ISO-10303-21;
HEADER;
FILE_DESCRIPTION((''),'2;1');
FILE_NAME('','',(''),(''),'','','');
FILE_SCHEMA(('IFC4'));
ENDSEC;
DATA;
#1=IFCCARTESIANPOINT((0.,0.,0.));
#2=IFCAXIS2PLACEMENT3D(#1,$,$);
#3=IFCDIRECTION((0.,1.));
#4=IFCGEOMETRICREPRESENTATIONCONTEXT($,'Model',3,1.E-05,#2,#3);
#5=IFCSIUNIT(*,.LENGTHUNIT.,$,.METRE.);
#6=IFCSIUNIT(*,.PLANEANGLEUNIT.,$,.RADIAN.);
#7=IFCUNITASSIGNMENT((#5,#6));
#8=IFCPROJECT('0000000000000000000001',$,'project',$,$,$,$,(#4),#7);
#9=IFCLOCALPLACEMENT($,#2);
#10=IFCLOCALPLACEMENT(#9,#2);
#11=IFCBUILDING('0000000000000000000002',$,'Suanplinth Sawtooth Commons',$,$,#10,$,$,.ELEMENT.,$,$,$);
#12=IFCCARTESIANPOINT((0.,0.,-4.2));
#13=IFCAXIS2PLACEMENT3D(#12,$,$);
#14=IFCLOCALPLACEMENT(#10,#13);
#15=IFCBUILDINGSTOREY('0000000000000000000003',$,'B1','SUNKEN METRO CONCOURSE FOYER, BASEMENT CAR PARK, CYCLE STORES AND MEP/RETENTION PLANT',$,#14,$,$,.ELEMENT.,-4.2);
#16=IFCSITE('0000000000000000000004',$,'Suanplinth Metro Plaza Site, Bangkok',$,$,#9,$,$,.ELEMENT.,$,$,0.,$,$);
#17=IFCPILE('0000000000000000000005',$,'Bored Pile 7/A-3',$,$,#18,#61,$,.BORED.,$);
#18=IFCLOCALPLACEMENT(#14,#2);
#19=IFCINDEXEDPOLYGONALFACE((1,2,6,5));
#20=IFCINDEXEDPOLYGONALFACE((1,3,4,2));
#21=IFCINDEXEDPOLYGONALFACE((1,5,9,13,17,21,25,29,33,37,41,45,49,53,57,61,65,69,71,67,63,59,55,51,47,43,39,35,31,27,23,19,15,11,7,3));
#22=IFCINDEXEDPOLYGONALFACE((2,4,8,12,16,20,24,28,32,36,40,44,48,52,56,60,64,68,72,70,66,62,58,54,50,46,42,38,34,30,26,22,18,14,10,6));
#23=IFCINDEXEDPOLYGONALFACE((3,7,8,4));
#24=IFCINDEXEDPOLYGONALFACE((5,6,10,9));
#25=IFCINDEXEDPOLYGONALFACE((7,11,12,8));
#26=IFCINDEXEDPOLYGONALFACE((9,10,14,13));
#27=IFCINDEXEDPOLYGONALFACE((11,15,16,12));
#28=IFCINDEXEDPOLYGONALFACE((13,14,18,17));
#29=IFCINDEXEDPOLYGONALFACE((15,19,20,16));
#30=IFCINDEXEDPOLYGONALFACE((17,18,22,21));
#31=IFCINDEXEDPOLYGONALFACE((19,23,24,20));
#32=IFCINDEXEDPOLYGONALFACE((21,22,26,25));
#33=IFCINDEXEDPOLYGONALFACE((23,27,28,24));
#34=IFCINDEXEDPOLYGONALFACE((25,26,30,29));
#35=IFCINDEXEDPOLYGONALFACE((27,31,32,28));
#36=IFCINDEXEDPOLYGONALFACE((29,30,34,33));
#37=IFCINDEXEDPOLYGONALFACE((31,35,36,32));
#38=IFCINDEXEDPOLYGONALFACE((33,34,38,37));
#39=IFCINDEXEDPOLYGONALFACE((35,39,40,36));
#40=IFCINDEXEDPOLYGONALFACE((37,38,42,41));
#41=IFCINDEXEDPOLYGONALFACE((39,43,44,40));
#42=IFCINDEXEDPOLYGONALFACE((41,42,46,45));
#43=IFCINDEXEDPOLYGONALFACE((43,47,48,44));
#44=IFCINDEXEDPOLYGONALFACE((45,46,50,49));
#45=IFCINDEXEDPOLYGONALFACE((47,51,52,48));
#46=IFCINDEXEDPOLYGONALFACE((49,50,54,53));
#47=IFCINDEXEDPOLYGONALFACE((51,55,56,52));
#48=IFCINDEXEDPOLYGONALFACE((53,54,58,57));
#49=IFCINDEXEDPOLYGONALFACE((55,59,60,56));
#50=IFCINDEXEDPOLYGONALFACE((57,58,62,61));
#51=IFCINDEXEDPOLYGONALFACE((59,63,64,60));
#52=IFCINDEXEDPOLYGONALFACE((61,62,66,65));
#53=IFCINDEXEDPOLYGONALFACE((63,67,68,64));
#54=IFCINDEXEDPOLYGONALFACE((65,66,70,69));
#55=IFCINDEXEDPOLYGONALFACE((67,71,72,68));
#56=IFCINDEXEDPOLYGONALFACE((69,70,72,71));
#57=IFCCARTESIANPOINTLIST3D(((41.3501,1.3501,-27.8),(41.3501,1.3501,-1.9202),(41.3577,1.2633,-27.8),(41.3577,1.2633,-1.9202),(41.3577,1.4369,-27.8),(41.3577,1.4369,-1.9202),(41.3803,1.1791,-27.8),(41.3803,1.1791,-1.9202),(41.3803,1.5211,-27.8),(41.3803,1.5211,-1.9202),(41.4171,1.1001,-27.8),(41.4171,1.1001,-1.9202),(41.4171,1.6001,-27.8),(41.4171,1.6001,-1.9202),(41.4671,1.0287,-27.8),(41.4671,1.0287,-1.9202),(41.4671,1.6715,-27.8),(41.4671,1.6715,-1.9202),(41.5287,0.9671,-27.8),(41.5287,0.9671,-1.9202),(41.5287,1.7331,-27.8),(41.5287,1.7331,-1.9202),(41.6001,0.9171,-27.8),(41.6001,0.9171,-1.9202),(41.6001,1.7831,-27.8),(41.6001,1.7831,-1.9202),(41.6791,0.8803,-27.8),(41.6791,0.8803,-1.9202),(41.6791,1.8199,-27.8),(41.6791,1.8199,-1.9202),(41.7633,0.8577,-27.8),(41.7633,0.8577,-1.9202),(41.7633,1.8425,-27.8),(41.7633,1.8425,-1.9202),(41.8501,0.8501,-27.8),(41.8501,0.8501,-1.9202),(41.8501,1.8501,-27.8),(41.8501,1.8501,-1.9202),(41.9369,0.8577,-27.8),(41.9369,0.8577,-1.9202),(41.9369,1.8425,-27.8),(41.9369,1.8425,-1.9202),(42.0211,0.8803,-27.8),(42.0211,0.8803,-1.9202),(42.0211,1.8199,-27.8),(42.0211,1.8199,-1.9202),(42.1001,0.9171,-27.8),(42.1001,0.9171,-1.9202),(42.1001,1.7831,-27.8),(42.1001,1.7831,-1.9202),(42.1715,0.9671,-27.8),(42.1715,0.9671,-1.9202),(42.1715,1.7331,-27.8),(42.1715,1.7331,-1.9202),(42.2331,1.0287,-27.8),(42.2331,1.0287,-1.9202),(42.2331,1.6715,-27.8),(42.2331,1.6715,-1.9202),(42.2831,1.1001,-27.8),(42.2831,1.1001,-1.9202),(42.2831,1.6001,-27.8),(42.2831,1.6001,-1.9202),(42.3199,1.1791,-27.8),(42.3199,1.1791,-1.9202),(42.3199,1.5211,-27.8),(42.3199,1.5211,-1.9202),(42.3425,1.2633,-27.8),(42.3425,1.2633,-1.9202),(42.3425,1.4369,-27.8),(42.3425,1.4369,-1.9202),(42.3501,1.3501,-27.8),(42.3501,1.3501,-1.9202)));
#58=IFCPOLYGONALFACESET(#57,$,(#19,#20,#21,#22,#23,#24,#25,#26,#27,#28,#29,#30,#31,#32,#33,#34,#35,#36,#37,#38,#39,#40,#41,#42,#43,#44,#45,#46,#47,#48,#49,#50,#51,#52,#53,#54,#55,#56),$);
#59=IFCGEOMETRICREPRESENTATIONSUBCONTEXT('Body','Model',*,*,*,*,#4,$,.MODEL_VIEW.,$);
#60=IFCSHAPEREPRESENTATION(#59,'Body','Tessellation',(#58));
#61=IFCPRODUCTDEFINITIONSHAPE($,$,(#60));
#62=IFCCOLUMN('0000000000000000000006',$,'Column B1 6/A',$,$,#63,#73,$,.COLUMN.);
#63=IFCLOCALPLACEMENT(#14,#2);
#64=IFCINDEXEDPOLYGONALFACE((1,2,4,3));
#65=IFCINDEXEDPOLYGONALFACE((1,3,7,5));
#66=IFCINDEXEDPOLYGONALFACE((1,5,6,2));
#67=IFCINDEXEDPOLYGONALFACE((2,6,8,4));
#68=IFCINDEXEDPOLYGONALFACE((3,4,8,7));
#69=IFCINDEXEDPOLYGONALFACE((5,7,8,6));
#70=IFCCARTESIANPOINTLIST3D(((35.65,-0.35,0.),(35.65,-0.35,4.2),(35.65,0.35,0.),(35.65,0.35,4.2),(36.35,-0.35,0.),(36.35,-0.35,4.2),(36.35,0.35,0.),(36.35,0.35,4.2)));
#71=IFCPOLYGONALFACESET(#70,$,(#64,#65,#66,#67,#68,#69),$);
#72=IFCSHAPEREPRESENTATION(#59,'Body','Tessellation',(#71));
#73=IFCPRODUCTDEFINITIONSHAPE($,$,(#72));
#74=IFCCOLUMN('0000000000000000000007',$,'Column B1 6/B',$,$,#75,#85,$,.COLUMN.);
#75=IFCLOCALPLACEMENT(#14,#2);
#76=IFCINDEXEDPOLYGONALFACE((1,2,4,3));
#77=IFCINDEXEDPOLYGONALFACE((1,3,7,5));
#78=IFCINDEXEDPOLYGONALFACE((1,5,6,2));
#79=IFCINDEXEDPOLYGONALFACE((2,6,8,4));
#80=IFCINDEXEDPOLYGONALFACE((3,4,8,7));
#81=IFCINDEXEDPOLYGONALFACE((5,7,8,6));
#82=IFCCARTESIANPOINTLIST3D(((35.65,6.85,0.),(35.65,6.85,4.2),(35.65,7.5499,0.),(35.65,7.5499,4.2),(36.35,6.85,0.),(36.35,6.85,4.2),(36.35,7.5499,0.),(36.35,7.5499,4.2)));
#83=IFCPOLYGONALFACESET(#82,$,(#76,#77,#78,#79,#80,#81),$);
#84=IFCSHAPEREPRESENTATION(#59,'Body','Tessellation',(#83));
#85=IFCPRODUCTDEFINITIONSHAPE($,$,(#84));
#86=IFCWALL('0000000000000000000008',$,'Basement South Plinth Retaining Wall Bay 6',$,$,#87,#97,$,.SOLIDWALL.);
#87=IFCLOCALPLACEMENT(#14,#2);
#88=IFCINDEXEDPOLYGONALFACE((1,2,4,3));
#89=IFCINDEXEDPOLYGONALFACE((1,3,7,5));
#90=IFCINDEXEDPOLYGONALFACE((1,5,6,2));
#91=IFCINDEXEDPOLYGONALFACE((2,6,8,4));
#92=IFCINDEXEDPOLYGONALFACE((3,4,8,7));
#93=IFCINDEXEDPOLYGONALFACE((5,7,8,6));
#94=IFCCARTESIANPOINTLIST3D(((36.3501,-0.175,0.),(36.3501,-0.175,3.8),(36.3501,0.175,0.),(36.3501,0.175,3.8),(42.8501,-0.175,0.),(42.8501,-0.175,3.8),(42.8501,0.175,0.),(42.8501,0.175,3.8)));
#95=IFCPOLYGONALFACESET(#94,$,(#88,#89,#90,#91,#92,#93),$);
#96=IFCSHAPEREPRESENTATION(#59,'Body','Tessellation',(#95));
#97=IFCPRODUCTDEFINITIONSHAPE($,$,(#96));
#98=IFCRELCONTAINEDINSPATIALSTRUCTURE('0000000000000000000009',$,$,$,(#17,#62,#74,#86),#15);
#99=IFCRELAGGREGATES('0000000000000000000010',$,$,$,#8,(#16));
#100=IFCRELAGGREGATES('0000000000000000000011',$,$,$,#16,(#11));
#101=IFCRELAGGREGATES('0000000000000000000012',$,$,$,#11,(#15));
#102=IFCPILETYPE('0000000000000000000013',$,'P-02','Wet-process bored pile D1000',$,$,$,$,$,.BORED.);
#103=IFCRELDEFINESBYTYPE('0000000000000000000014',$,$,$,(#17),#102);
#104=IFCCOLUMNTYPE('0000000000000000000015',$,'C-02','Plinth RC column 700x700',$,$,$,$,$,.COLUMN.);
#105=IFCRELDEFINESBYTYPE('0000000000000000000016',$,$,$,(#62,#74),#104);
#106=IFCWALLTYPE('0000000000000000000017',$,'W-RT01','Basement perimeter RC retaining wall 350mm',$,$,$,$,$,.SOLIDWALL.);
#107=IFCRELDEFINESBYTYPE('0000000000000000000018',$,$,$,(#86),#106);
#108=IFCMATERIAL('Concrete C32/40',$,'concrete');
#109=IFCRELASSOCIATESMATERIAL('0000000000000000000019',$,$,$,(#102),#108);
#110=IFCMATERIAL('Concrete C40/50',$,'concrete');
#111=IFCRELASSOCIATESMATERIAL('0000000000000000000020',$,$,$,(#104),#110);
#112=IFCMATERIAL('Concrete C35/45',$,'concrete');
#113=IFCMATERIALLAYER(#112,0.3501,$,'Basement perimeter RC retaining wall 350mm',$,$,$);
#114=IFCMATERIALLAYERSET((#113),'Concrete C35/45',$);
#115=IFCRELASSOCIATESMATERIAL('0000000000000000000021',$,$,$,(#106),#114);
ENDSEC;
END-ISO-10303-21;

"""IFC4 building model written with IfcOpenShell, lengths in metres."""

from ifc_helpers import new_model, si_unit, direction, frame, frame_2d, origin, origin_2d, place, context, subcontext, project, spatial, rectangle, circle, extrude, material, layer, layer_set, material_profile, profile_set, type_object, element, save


model = new_model("IFC4")

# Units and contexts
model_context = context("Model", 3, precision=1e-05, world=origin(), true_north=direction((0.0, 1.0)))
body_context = subcontext(model_context, "Body", "Model", "MODEL_VIEW")
ifc_project = project(units=[si_unit("LENGTHUNIT", "METRE"), si_unit("PLANEANGLEUNIT", "RADIAN")], contexts=[model_context])

# Site, building, storey
site_placement = place(None, origin())
site = spatial("IfcSite", under=ifc_project, at=site_placement, Name="Suanplinth Metro Plaza Site, Bangkok", CompositionType="ELEMENT", RefElevation=0.0)
building_placement = place(site_placement, origin())
building = spatial("IfcBuilding", under=site, at=building_placement, Name="Suanplinth Sawtooth Commons", CompositionType="ELEMENT")
storey_placement = place(building_placement, frame((0.0, 0.0, -4.2)))
storey = spatial("IfcBuildingStorey", under=building, at=storey_placement, Name="B1", Description="SUNKEN METRO CONCOURSE FOYER, BASEMENT CAR PARK, CYCLE STORES AND MEP/RETENTION PLANT", CompositionType="ELEMENT", Elevation=-4.2)

# Shared definitions
ifc_material_1 = material(Name="Concrete C35/45", Category="concrete")

# Pile
ifc_material_2 = material(Name="Concrete C32/40", Category="concrete")
ifc_material_profile_1 = material_profile(ifc_material_2, circle(Radius=0.5, at=origin_2d()), Name="PILE D1000")
ifc_profile_set_1 = profile_set([ifc_material_profile_1], Name="Concrete C32/40")
pile_type = type_object("IfcPileType", Name="P-02", Description="Wet-process bored pile D1000", PredefinedType="BORED", material=ifc_profile_set_1)
for number, where, z_axis, x_axis, name in (
    (1, (41.8501, 1.3501, -1.9202), (0.0, 0.0, -1.0), (1.0, 0.0, 0.0), "Bored Pile 7/A-3"),
):
    element("IfcPile", number, at=place(storey_placement, frame(where, z_axis=z_axis, x_axis=x_axis)), inside=storey, type_object=pile_type, Name=name, PredefinedType="BORED", context=body_context, shape_type="SweptSolid", body=[
        extrude(circle(Radius=0.5, at=origin_2d()), origin(), (0.0, 0.0, 1.0), 25.8799),
    ])

# Columns
ifc_material_3 = material(Name="Concrete C40/50", Category="concrete")
ifc_material_profile_2 = material_profile(ifc_material_3, rectangle(XDim=0.7, YDim=0.7, at=origin_2d()), Name="RC-COL 700x700")
ifc_profile_set_2 = profile_set([ifc_material_profile_2], Name="Concrete C40/50")
column_type = type_object("IfcColumnType", Name="C-02", Description="Plinth RC column 700x700", PredefinedType="COLUMN", material=ifc_profile_set_2)
for number, where, z_axis, x_axis, name in (
    (2, (36.0, 0.0, 0.0), (0.0, 0.0, 1.0), (1.0, 0.0, 0.0), "Column B1 6/A"),
    (3, (36.0, 7.2, 0.0), (0.0, 0.0, 1.0), (1.0, 0.0, 0.0), "Column B1 6/B"),
):
    element("IfcColumn", number, at=place(storey_placement, frame(where, z_axis=z_axis, x_axis=x_axis)), inside=storey, type_object=column_type, Name=name, PredefinedType="COLUMN", context=body_context, shape_type="SweptSolid", body=[
        extrude(rectangle(XDim=0.7, YDim=0.7, at=origin_2d()), origin(), (0.0, 0.0, 1.0), 4.2),
    ])

# Wall
ifc_layer = layer(ifc_material_1, 0.3501, Name="Basement perimeter RC retaining wall 350mm")
ifc_layer_set = layer_set([ifc_layer], Name="Concrete C35/45")
wall_type = type_object("IfcWallType", Name="W-RT01", Description="Basement perimeter RC retaining wall 350mm", PredefinedType="SOLIDWALL", material=ifc_layer_set)
wall_placement = place(storey_placement, frame((36.3501, 0.0, 0.0), z_axis=(0.0, 0.0, 1.0), x_axis=(1.0, 0.0, 0.0)))
element("IfcWall", 4, at=wall_placement, inside=storey, type_object=wall_type, Name="Basement South Plinth Retaining Wall Bay 6", PredefinedType="SOLIDWALL", context=body_context, shape_type="SweptSolid", body=[
    extrude(rectangle(XDim=6.5, YDim=0.3501, at=frame_2d((3.25, 0.0))), origin(), (0.0, 0.0, 1.0), 3.8),
])

save(model, "model.ifc")
